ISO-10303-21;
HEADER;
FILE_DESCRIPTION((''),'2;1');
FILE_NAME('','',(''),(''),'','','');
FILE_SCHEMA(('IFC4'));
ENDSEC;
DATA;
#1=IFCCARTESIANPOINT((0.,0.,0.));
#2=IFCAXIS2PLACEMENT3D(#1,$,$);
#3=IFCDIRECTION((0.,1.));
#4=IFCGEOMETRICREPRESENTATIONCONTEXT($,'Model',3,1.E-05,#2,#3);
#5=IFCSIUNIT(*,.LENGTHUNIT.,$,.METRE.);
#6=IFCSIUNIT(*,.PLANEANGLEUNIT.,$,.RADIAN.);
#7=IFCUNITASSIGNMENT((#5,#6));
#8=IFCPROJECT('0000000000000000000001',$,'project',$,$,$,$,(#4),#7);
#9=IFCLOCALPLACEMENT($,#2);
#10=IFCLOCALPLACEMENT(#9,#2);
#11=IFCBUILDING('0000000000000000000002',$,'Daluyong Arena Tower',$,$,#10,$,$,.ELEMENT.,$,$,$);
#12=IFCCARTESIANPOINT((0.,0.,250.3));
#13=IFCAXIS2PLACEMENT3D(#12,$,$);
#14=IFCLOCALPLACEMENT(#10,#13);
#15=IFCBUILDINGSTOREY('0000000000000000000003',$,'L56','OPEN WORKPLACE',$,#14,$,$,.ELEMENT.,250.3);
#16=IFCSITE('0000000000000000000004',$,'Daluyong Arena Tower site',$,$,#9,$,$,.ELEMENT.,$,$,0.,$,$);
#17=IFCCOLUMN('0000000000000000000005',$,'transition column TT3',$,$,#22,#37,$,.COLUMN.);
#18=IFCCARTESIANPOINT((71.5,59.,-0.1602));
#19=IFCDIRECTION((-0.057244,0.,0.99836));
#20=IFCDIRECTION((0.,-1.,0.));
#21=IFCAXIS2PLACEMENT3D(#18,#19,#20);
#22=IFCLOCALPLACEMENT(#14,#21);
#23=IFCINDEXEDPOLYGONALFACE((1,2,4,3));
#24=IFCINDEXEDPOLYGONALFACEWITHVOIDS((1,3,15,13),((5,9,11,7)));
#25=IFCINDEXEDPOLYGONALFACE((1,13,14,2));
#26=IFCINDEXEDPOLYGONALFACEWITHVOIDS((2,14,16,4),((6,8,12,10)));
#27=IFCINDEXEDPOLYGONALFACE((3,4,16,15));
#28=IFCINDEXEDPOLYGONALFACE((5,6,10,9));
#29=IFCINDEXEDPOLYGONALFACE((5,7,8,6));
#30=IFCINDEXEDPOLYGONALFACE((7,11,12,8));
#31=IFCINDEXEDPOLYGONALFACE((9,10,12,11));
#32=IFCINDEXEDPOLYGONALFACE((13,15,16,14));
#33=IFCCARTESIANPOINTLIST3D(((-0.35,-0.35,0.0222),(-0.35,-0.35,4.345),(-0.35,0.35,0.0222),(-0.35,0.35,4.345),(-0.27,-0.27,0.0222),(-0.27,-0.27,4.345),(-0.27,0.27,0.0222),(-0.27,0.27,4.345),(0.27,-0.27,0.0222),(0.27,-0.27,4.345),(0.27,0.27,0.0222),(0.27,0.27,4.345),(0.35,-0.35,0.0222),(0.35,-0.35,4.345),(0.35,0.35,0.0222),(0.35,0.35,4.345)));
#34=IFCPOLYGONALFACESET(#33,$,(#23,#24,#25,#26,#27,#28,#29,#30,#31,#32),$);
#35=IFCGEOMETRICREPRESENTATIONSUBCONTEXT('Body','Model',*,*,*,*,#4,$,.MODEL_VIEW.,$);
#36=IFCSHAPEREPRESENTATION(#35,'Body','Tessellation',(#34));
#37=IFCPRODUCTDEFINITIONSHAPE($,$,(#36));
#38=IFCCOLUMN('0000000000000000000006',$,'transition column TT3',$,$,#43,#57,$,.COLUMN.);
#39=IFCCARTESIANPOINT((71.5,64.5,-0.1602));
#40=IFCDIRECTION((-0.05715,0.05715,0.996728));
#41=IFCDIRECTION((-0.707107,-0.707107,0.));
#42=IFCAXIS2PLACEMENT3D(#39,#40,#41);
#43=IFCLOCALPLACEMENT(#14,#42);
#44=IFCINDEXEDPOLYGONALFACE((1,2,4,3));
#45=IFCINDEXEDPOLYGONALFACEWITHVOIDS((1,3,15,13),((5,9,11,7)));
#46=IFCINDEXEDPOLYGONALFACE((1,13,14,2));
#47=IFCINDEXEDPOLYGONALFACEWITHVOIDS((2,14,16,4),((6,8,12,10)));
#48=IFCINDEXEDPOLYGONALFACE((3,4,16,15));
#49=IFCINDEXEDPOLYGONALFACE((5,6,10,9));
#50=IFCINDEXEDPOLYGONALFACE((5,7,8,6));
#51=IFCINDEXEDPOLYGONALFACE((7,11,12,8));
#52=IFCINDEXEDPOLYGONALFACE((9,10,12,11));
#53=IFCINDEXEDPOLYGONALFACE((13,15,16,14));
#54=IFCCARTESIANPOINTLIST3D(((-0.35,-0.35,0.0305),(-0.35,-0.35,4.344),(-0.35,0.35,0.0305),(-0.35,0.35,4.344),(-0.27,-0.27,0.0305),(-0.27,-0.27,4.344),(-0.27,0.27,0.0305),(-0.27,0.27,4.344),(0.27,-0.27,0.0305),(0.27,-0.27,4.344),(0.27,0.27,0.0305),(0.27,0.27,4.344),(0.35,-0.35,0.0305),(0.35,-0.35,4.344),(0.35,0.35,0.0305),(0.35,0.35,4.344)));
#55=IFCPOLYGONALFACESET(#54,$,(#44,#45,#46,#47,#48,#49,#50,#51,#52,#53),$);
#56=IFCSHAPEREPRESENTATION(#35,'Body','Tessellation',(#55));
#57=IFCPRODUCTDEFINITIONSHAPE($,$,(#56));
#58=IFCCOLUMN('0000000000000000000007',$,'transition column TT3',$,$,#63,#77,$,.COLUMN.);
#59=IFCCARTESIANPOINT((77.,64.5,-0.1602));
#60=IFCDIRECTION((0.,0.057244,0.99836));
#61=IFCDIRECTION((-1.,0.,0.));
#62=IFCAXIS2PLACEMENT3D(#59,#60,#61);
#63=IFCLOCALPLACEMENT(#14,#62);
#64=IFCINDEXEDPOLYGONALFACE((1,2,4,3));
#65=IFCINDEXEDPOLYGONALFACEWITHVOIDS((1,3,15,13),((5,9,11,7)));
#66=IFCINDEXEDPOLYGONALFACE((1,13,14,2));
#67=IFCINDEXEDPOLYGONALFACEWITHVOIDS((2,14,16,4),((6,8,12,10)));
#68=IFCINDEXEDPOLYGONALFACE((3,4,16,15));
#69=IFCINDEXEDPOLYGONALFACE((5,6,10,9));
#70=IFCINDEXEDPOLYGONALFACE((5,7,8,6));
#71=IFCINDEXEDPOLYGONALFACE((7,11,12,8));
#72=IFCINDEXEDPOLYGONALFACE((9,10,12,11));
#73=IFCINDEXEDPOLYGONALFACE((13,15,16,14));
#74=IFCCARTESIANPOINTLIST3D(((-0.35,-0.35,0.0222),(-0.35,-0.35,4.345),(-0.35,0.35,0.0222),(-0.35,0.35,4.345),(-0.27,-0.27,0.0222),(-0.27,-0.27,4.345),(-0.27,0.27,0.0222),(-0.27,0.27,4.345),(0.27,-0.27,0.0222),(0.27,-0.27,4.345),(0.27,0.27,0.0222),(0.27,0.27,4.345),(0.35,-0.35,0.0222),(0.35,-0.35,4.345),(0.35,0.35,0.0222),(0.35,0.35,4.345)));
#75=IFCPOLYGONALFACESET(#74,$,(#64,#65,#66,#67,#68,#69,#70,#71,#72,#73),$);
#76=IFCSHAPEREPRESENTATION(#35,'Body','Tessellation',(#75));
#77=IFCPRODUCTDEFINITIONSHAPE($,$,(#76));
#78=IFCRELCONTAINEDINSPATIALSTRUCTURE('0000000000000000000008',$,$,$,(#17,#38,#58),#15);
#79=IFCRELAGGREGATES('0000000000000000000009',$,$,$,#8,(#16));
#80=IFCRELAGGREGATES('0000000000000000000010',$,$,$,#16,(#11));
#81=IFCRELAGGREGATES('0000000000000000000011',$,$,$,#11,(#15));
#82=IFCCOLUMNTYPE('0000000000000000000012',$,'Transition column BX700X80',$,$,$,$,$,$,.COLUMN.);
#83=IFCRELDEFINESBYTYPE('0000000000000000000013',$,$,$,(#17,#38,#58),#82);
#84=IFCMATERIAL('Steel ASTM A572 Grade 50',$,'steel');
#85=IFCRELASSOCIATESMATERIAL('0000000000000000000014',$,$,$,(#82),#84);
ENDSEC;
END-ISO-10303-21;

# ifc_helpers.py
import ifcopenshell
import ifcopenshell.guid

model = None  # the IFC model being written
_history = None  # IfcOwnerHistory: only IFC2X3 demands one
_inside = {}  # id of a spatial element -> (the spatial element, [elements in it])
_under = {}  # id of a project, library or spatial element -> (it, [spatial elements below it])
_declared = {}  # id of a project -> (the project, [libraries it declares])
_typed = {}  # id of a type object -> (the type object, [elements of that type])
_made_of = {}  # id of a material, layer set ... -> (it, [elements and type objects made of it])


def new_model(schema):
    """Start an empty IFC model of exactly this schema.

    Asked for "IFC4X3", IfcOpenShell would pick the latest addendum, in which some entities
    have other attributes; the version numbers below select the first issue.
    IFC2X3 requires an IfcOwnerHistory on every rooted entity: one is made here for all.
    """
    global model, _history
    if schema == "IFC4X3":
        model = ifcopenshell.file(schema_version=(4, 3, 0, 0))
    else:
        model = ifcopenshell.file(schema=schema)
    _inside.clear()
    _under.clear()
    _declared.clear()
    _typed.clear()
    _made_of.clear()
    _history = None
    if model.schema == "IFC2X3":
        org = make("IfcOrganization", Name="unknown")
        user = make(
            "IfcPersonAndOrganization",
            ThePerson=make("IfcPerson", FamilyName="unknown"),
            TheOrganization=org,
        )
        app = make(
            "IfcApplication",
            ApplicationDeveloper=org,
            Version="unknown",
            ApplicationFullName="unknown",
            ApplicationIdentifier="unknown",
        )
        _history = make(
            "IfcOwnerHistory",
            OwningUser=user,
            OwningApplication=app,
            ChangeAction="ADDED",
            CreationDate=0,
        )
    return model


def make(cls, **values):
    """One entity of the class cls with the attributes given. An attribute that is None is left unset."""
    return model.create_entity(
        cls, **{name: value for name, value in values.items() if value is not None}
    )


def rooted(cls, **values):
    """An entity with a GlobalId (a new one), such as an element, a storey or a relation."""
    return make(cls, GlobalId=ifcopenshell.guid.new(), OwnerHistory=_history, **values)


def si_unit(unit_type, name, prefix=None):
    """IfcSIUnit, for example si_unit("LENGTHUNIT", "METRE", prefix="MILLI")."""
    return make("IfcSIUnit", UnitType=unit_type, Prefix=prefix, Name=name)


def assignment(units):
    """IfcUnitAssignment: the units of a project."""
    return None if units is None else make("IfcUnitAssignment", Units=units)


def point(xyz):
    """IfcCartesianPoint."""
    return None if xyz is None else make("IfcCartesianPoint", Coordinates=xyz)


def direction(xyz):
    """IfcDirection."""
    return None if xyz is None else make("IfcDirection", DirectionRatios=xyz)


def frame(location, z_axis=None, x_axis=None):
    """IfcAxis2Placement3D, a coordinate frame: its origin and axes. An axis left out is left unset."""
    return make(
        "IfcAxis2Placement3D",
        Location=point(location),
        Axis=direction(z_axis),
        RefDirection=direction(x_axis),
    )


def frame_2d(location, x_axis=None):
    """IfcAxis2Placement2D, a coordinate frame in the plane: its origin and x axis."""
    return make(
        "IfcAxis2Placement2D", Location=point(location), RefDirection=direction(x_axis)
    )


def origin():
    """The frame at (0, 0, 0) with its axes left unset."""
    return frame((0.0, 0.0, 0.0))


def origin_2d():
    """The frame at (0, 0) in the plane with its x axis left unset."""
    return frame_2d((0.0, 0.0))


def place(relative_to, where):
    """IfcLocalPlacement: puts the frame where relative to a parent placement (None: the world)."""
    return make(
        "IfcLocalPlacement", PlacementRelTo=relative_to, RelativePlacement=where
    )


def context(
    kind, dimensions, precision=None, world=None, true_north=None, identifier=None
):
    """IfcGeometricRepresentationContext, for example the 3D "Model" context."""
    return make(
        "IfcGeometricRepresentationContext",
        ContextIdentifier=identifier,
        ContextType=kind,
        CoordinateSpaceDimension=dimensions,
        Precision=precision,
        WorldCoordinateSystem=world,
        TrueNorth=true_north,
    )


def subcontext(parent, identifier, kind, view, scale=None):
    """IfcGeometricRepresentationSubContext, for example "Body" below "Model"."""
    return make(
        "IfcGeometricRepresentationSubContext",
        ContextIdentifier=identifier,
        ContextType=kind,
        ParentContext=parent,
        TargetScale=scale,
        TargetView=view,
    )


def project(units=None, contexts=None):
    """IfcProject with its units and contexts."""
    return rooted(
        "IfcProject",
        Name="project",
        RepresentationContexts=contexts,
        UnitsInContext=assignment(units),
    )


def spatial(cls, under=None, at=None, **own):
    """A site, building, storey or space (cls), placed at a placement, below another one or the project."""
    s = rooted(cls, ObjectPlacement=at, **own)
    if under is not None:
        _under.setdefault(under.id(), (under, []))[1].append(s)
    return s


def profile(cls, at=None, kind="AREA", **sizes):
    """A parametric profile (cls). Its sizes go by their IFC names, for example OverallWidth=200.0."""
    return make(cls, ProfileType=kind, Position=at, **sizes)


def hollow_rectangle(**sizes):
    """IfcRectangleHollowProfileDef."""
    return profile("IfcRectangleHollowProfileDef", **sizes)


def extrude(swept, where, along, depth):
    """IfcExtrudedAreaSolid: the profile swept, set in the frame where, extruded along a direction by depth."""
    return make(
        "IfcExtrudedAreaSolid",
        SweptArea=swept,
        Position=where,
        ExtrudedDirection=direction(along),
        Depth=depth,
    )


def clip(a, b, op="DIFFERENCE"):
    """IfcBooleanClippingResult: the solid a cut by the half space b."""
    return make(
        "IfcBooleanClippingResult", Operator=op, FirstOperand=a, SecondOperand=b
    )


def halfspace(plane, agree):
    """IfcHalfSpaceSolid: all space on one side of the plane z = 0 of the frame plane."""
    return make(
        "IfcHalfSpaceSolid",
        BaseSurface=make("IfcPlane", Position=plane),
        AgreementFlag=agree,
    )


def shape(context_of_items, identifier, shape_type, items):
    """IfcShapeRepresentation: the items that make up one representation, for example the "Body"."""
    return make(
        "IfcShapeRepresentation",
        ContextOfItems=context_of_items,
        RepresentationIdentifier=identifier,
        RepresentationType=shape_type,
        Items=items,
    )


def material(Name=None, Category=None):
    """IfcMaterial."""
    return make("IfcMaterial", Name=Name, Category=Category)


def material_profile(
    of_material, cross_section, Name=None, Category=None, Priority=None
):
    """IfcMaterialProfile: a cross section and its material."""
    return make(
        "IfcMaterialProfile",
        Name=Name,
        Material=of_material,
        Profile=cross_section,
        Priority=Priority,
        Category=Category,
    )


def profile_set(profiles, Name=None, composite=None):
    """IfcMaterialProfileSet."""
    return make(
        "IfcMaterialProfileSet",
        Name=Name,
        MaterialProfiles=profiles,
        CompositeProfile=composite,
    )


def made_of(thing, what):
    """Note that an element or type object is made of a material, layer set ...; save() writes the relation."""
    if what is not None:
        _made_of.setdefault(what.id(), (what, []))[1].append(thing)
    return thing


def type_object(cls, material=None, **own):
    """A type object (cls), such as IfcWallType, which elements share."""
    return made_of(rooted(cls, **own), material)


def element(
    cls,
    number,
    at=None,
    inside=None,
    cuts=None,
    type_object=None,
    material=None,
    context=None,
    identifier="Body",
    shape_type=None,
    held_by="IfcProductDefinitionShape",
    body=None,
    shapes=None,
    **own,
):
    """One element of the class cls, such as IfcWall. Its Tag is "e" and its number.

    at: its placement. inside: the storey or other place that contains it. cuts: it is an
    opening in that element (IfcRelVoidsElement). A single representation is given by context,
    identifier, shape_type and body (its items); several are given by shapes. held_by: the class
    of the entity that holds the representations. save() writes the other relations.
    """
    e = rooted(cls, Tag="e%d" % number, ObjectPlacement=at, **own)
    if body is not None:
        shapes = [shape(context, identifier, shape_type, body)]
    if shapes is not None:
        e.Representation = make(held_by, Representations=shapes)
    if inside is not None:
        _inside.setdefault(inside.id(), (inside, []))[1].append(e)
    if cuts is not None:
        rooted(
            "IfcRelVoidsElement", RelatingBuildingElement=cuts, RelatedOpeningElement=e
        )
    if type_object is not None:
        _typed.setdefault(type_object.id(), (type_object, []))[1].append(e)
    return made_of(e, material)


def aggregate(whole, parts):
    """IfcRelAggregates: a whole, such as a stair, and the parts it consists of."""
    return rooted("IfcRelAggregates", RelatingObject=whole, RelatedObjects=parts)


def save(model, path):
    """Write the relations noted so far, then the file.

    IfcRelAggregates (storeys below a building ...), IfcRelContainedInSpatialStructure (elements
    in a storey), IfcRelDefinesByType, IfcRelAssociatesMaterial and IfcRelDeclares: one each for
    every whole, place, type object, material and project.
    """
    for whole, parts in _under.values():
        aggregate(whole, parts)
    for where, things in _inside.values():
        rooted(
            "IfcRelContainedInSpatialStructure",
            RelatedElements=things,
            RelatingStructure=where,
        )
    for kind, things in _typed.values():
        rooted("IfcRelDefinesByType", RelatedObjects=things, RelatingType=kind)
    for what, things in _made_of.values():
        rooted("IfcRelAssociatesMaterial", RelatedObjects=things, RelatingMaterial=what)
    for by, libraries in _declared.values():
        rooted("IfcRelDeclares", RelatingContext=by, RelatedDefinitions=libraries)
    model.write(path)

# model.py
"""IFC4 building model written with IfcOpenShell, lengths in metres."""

from ifc_helpers import new_model, si_unit, direction, frame, origin, origin_2d, place, context, subcontext, project, spatial, hollow_rectangle, extrude, clip, halfspace, material, material_profile, profile_set, type_object, element, save


model = new_model("IFC4")

# Units and contexts
model_context = context("Model", 3, precision=1e-05, world=origin(), true_north=direction((0.0, 1.0)))
body_context = subcontext(model_context, "Body", "Model", "MODEL_VIEW")
ifc_project = project(units=[si_unit("LENGTHUNIT", "METRE"), si_unit("PLANEANGLEUNIT", "RADIAN")], contexts=[model_context])

# Site, building, storey
site_placement = place(None, origin())
site = spatial("IfcSite", under=ifc_project, at=site_placement, Name="Daluyong Arena Tower site", CompositionType="ELEMENT", RefElevation=0.0)
building_placement = place(site_placement, origin())
building = spatial("IfcBuilding", under=site, at=building_placement, Name="Daluyong Arena Tower", CompositionType="ELEMENT")
storey_placement = place(building_placement, frame((0.0, 0.0, 250.3)))
storey = spatial("IfcBuildingStorey", under=building, at=storey_placement, Name="L56", Description="OPEN WORKPLACE", CompositionType="ELEMENT", Elevation=250.3)

# Columns
ifc_material_1 = material(Name="Steel ASTM A572 Grade 50", Category="steel")
ifc_material_profile_1 = material_profile(ifc_material_1, hollow_rectangle(XDim=0.7, YDim=0.7, WallThickness=0.08, at=origin_2d()))
ifc_profile_set_1 = profile_set([ifc_material_profile_1], Name="Steel ASTM A572 Grade 50")
column_type_1 = type_object("IfcColumnType", Name="Transition column BX700X80", PredefinedType="COLUMN", material=ifc_profile_set_1)
column_1_placement = place(storey_placement, frame((71.5, 59.0, -0.1602), z_axis=(-0.057244, 0.0, 0.99836), x_axis=(0.0, -1.0, 0.0)))
element("IfcColumn", 1, at=column_1_placement, inside=storey, type_object=column_type_1, Name="transition column TT3", PredefinedType="COLUMN", context=body_context, shape_type="Clipping", body=[
    clip(clip(extrude(hollow_rectangle(XDim=0.7, YDim=0.7, WallThickness=0.08, at=origin_2d()), origin(), (0.0, 0.0, 1.0), 4.3672), halfspace(frame((0.0, 0.0, 0.0222), z_axis=(0.0, 0.0, 1.0), x_axis=(1.0, 0.0, 0.0)), True)), halfspace(frame((0.0, 0.0, 4.345), z_axis=(0.0, 0.0, -1.0), x_axis=(1.0, 0.0, 0.0)), True)),
])
column_2_placement = place(storey_placement, frame((71.5, 64.5, -0.1602), z_axis=(-0.05715, 0.05715, 0.996728), x_axis=(-0.707107, -0.707107, 0.0)))
element("IfcColumn", 2, at=column_2_placement, inside=storey, type_object=column_type_1, Name="transition column TT3", PredefinedType="COLUMN", context=body_context, shape_type="Clipping", body=[
    clip(clip(extrude(hollow_rectangle(XDim=0.7, YDim=0.7, WallThickness=0.08, at=origin_2d()), origin(), (0.0, 0.0, 1.0), 4.3745), halfspace(frame((0.0, 0.0, 0.0305), z_axis=(0.0, 0.0, 1.0), x_axis=(1.0, 0.0, 0.0)), True)), halfspace(frame((0.0, 0.0, 4.344), z_axis=(0.0, 0.0, -1.0), x_axis=(1.0, 0.0, 0.0)), True)),
])
column_3_placement = place(storey_placement, frame((77.0, 64.5, -0.1602), z_axis=(0.0, 0.057244, 0.99836), x_axis=(-1.0, 0.0, 0.0)))
element("IfcColumn", 3, at=column_3_placement, inside=storey, type_object=column_type_1, Name="transition column TT3", PredefinedType="COLUMN", context=body_context, shape_type="Clipping", body=[
    clip(clip(extrude(hollow_rectangle(XDim=0.7, YDim=0.7, WallThickness=0.08, at=origin_2d()), origin(), (0.0, 0.0, 1.0), 4.3672), halfspace(frame((0.0, 0.0, 0.0222), z_axis=(0.0, 0.0, 1.0), x_axis=(1.0, 0.0, 0.0)), True)), halfspace(frame((0.0, 0.0, 4.345), z_axis=(0.0, 0.0, -1.0), x_axis=(1.0, 0.0, 0.0)), True)),
])

save(model, "model.ifc")
